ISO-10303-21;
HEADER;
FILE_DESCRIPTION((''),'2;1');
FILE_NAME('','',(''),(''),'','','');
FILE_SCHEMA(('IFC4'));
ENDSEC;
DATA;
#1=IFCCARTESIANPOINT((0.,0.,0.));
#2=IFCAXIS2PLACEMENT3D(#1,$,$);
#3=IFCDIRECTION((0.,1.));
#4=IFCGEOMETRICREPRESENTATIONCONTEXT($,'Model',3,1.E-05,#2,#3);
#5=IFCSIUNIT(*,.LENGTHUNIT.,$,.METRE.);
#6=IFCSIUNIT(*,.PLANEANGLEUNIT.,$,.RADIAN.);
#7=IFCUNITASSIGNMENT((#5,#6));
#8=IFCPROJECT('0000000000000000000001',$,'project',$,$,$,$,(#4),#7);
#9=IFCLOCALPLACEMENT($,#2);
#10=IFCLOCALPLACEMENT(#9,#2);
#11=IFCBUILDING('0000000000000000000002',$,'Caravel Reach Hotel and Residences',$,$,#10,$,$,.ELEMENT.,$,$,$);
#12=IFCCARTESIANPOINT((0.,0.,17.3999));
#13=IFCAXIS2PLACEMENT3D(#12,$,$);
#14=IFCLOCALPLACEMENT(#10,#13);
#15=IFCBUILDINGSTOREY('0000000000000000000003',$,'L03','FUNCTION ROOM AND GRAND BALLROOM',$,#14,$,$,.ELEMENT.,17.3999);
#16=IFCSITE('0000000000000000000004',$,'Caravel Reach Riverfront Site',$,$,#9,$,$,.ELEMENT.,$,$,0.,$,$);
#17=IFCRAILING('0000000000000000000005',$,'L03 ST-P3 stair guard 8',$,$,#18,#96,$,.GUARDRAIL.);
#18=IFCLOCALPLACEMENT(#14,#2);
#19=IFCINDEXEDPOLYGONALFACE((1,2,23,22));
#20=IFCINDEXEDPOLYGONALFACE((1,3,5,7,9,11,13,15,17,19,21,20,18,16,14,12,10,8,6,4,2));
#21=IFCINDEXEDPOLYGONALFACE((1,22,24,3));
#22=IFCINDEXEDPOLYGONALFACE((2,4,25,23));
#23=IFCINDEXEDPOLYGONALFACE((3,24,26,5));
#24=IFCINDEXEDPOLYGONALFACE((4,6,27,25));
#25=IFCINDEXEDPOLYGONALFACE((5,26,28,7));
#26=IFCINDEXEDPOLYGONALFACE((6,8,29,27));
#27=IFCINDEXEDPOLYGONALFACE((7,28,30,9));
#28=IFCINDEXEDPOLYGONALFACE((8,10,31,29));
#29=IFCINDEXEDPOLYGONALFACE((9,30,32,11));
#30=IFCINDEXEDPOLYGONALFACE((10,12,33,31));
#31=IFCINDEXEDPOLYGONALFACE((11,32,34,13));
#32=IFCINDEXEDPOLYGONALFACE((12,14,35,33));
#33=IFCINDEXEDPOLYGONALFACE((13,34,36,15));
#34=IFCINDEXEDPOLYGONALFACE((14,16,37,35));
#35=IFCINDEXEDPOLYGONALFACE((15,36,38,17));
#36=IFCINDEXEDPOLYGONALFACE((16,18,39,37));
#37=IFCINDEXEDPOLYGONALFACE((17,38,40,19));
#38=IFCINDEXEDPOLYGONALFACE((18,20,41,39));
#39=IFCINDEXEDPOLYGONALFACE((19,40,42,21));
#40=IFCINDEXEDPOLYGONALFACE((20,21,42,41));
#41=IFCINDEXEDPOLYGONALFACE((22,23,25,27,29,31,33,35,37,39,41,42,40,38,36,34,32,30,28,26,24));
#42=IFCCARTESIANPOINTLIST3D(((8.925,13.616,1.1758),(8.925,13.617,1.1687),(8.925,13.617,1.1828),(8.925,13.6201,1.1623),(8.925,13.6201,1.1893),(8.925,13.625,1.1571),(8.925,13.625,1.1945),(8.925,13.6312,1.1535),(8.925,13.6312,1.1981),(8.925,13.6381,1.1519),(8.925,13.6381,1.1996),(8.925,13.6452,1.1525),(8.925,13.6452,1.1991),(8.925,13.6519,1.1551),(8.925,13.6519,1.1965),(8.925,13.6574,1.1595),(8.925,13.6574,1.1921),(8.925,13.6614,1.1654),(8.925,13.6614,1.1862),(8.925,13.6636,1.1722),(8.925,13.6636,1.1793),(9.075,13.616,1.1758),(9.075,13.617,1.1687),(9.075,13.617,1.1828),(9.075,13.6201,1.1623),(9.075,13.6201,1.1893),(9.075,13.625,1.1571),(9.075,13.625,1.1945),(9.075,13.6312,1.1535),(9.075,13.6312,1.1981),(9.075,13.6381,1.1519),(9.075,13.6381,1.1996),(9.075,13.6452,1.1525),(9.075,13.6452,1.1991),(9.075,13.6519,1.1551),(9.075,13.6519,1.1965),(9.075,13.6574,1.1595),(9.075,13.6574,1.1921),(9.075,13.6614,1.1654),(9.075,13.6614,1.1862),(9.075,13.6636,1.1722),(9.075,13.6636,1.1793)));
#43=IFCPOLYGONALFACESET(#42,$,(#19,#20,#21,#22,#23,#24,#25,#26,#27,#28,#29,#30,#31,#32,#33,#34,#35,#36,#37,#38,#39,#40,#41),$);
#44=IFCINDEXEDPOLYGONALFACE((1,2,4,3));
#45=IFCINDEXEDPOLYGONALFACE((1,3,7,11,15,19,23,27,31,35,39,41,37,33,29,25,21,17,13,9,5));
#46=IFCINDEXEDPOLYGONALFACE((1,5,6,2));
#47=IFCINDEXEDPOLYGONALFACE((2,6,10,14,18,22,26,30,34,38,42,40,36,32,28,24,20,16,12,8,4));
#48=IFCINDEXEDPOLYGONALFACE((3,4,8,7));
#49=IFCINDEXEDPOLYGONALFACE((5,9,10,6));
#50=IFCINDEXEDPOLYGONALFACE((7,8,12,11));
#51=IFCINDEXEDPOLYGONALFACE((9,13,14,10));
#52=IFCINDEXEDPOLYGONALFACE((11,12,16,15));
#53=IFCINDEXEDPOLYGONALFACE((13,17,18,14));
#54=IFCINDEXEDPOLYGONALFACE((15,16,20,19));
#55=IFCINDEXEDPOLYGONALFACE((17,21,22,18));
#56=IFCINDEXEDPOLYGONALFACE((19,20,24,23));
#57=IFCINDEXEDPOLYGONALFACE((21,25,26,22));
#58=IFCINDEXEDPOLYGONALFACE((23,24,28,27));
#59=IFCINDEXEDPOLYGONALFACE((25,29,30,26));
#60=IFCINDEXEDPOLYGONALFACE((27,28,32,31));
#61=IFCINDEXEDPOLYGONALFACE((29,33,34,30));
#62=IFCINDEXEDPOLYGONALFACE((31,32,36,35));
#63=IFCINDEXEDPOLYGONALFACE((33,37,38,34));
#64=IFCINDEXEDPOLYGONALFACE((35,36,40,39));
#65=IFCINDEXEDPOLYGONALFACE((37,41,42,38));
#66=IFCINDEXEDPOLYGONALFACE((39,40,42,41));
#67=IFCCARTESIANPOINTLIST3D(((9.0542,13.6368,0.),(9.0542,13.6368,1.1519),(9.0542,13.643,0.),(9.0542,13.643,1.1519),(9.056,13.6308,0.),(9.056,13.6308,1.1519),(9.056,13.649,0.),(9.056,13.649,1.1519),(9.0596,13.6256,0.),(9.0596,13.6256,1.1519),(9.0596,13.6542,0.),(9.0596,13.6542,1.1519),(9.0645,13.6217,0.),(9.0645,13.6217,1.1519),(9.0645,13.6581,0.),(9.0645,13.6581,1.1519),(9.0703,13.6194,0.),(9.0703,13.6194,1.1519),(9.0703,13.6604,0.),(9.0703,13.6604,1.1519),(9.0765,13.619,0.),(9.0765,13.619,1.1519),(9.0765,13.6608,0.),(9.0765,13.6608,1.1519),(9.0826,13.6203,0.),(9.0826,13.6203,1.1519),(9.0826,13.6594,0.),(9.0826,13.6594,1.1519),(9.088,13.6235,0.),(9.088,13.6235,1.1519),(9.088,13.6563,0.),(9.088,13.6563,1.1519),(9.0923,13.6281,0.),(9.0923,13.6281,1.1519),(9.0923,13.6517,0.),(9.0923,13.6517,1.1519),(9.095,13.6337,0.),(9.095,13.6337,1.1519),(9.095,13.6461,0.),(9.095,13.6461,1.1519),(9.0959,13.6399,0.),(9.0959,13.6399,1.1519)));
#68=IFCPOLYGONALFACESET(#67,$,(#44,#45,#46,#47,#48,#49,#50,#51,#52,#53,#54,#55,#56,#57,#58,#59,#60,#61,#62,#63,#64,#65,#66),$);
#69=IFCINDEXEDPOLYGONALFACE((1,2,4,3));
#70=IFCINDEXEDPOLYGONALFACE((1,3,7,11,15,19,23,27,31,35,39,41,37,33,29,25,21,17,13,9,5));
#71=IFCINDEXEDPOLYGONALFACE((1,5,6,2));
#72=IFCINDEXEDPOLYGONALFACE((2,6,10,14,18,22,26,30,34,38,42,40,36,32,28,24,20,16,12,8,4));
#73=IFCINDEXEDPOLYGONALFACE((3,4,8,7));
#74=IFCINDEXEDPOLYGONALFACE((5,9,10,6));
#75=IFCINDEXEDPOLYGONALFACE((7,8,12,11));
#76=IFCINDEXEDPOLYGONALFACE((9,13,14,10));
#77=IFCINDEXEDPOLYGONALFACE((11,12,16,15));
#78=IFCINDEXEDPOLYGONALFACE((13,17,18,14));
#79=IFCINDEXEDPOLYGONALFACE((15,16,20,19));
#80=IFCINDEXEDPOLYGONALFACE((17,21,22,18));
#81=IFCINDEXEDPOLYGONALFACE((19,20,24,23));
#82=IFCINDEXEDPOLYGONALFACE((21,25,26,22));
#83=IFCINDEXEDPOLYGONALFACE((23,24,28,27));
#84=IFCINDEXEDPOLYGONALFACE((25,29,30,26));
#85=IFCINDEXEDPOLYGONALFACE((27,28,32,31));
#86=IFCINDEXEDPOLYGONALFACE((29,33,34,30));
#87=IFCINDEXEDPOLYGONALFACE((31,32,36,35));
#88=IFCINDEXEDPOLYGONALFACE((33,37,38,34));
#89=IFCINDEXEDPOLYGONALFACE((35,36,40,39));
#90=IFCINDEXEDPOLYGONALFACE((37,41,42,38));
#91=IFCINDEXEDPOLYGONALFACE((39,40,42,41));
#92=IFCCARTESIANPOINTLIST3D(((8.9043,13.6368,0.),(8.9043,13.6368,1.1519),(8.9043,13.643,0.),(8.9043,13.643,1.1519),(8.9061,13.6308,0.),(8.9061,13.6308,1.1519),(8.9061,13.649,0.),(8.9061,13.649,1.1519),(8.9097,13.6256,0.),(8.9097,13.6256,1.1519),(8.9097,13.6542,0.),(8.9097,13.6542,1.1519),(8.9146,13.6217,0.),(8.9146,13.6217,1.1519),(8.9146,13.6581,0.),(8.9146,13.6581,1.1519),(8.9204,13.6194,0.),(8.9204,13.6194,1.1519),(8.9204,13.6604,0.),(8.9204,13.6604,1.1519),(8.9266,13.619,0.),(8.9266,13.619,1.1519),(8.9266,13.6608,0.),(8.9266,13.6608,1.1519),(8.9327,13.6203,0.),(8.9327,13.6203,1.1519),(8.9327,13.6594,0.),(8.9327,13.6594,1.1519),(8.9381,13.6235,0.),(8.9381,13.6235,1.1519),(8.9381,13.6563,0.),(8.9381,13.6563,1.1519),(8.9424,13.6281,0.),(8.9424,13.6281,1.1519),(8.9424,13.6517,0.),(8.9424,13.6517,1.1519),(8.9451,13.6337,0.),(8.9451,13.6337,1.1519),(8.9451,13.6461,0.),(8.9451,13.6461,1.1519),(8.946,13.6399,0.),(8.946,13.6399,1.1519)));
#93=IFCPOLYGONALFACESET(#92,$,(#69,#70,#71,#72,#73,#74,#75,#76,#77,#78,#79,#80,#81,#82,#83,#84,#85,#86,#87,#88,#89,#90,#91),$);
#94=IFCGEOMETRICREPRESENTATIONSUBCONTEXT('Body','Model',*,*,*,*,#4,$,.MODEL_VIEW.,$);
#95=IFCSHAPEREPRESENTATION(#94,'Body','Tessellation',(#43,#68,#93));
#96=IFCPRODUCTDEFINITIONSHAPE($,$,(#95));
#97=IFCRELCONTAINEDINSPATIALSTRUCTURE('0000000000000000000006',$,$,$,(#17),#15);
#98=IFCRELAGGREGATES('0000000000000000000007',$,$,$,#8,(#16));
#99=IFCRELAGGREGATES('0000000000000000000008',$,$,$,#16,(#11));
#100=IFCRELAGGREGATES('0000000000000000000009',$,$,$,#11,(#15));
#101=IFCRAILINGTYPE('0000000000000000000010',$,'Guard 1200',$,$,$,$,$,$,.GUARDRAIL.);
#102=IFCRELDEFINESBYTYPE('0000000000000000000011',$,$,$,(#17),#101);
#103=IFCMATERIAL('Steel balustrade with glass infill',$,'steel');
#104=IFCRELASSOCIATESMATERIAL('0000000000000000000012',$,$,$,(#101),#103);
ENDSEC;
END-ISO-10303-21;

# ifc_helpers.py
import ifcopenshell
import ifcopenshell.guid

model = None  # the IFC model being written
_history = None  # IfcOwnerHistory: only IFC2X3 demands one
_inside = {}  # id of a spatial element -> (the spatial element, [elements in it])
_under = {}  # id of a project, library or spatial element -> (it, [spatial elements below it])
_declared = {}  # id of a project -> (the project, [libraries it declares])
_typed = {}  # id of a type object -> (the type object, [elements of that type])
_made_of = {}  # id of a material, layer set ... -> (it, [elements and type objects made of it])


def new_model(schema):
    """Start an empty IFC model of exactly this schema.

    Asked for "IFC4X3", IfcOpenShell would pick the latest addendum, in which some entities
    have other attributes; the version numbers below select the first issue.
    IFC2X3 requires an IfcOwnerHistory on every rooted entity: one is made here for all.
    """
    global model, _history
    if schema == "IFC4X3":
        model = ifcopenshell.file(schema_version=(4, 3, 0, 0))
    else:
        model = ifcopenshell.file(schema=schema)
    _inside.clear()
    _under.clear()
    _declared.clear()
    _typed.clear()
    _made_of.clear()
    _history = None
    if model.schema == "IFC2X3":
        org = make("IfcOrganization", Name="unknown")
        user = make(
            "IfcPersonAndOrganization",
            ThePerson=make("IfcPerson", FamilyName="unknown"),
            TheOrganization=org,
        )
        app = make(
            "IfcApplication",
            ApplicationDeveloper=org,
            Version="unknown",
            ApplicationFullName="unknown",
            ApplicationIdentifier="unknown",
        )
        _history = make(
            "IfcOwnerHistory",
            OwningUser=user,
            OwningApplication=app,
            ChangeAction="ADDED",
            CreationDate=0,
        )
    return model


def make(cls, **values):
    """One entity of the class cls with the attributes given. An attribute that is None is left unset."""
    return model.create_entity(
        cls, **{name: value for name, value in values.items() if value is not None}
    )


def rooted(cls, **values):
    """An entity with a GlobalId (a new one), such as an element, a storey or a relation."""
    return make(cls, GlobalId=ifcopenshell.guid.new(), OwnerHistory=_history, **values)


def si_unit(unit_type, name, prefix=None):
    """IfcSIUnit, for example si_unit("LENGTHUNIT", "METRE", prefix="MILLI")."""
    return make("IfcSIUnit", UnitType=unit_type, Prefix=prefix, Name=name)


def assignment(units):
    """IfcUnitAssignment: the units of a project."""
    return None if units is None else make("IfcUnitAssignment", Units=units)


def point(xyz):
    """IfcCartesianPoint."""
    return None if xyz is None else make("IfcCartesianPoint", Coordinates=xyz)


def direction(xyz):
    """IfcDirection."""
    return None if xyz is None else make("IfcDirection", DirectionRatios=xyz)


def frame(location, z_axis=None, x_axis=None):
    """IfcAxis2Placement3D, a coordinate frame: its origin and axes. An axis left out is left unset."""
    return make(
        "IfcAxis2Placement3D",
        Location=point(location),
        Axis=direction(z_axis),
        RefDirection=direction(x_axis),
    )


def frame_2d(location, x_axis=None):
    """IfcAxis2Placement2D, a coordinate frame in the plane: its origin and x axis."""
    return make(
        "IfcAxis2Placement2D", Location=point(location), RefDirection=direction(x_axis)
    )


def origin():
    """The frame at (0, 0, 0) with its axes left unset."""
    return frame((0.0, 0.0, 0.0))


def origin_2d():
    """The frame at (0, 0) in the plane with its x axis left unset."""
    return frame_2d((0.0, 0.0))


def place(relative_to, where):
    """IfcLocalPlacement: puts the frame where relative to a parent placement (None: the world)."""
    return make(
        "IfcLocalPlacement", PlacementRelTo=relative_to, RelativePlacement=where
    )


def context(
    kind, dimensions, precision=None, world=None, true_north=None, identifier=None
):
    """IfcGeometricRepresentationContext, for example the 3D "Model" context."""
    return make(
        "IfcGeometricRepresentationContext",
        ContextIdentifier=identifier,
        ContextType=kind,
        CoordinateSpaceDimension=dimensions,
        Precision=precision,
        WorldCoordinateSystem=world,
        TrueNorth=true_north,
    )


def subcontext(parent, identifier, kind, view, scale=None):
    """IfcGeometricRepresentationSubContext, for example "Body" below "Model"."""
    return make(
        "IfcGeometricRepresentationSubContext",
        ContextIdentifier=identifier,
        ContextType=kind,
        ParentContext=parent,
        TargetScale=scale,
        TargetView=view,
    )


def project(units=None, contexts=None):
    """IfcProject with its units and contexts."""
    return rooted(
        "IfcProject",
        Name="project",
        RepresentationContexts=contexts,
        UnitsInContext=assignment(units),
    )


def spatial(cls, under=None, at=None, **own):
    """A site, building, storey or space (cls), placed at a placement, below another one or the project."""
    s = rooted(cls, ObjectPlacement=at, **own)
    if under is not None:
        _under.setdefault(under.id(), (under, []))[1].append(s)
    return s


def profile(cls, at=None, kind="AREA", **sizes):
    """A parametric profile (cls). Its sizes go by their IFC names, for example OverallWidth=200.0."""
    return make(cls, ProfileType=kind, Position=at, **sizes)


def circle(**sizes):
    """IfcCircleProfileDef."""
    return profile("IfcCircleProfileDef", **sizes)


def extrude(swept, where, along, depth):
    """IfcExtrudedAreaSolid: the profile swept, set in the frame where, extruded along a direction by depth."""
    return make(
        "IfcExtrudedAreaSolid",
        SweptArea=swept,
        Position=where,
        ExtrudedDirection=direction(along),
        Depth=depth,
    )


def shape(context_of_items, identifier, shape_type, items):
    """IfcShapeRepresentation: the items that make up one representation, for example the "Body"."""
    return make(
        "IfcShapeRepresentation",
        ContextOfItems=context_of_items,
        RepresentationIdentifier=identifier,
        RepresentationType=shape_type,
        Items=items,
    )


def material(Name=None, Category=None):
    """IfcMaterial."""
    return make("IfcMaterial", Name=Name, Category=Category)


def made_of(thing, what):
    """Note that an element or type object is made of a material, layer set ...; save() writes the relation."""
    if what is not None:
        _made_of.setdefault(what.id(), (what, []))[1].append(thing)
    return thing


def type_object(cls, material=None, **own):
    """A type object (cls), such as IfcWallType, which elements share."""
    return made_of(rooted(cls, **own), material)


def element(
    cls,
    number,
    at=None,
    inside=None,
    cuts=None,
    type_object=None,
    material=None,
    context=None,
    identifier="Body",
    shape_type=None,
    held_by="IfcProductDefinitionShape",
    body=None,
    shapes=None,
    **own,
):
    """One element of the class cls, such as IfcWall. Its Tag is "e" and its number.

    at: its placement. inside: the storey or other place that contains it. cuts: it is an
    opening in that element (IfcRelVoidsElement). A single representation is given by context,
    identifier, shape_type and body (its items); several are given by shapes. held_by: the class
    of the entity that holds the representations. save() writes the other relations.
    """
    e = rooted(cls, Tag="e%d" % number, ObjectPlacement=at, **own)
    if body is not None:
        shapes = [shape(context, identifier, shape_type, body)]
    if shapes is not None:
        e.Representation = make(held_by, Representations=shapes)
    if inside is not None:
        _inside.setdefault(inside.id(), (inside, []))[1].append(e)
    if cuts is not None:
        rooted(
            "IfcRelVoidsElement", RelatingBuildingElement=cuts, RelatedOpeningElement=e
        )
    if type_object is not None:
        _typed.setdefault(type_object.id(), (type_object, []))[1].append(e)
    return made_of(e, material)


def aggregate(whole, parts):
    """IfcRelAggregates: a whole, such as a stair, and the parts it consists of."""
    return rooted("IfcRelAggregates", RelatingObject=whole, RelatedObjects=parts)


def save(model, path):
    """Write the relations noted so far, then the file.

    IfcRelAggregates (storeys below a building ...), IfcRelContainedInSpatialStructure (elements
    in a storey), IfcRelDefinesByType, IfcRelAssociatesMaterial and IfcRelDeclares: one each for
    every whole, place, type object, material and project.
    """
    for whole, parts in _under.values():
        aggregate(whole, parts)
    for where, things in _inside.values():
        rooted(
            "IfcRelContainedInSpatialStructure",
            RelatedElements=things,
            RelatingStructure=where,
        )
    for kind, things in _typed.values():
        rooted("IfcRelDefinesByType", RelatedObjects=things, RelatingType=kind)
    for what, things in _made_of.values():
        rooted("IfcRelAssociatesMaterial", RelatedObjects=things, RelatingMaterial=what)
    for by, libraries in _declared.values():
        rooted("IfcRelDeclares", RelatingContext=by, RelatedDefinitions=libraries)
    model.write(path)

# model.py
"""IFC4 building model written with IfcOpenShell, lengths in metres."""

from ifc_helpers import new_model, si_unit, direction, frame, origin, origin_2d, place, context, subcontext, project, spatial, circle, extrude, material, type_object, element, save


model = new_model("IFC4")

# Units and contexts
model_context = context("Model", 3, precision=1e-05, world=origin(), true_north=direction((0.0, 1.0)))
body_context = subcontext(model_context, "Body", "Model", "MODEL_VIEW")
ifc_project = project(units=[si_unit("LENGTHUNIT", "METRE"), si_unit("PLANEANGLEUNIT", "RADIAN")], contexts=[model_context])

# Site, building, storey
site_placement = place(None, origin())
site = spatial("IfcSite", under=ifc_project, at=site_placement, Name="Caravel Reach Riverfront Site", CompositionType="ELEMENT", RefElevation=0.0)
building_placement = place(site_placement, origin())
building = spatial("IfcBuilding", under=site, at=building_placement, Name="Caravel Reach Hotel and Residences", CompositionType="ELEMENT")
storey_placement = place(building_placement, frame((0.0, 0.0, 17.3999)))
storey = spatial("IfcBuildingStorey", under=building, at=storey_placement, Name="L03", Description="FUNCTION ROOM AND GRAND BALLROOM", CompositionType="ELEMENT", Elevation=17.3999)

# Railing
ifc_material_1 = material(Name="Steel balustrade with glass infill", Category="steel")
railing_type = type_object("IfcRailingType", Name="Guard 1200", PredefinedType="GUARDRAIL", material=ifc_material_1)
for number, where, name in (
    (1, (9.075, 13.6399, 0.0), "L03 ST-P3 stair guard 8"),
):
    element("IfcRailing", number, at=place(storey_placement, frame(where)), inside=storey, type_object=railing_type, Name=name, PredefinedType="GUARDRAIL", context=body_context, shape_type="SweptSolid", body=[
        extrude(circle(Radius=0.0239, at=origin_2d()), frame((0.0, 0.0, 1.1758), z_axis=(-1.0, 0.0, 0.0), x_axis=(0.0, -1.0, 0.0)), (0.0, 0.0, 1.0), 0.1499),
        extrude(circle(Radius=0.021, at=origin_2d()), origin(), (0.0, 0.0, 1.0), 1.1519),
        extrude(circle(Radius=0.021, at=origin_2d()), frame((-0.1499, 0.0, 0.0)), (0.0, 0.0, 1.0), 1.1519),
    ])

save(model, "model.ifc")
